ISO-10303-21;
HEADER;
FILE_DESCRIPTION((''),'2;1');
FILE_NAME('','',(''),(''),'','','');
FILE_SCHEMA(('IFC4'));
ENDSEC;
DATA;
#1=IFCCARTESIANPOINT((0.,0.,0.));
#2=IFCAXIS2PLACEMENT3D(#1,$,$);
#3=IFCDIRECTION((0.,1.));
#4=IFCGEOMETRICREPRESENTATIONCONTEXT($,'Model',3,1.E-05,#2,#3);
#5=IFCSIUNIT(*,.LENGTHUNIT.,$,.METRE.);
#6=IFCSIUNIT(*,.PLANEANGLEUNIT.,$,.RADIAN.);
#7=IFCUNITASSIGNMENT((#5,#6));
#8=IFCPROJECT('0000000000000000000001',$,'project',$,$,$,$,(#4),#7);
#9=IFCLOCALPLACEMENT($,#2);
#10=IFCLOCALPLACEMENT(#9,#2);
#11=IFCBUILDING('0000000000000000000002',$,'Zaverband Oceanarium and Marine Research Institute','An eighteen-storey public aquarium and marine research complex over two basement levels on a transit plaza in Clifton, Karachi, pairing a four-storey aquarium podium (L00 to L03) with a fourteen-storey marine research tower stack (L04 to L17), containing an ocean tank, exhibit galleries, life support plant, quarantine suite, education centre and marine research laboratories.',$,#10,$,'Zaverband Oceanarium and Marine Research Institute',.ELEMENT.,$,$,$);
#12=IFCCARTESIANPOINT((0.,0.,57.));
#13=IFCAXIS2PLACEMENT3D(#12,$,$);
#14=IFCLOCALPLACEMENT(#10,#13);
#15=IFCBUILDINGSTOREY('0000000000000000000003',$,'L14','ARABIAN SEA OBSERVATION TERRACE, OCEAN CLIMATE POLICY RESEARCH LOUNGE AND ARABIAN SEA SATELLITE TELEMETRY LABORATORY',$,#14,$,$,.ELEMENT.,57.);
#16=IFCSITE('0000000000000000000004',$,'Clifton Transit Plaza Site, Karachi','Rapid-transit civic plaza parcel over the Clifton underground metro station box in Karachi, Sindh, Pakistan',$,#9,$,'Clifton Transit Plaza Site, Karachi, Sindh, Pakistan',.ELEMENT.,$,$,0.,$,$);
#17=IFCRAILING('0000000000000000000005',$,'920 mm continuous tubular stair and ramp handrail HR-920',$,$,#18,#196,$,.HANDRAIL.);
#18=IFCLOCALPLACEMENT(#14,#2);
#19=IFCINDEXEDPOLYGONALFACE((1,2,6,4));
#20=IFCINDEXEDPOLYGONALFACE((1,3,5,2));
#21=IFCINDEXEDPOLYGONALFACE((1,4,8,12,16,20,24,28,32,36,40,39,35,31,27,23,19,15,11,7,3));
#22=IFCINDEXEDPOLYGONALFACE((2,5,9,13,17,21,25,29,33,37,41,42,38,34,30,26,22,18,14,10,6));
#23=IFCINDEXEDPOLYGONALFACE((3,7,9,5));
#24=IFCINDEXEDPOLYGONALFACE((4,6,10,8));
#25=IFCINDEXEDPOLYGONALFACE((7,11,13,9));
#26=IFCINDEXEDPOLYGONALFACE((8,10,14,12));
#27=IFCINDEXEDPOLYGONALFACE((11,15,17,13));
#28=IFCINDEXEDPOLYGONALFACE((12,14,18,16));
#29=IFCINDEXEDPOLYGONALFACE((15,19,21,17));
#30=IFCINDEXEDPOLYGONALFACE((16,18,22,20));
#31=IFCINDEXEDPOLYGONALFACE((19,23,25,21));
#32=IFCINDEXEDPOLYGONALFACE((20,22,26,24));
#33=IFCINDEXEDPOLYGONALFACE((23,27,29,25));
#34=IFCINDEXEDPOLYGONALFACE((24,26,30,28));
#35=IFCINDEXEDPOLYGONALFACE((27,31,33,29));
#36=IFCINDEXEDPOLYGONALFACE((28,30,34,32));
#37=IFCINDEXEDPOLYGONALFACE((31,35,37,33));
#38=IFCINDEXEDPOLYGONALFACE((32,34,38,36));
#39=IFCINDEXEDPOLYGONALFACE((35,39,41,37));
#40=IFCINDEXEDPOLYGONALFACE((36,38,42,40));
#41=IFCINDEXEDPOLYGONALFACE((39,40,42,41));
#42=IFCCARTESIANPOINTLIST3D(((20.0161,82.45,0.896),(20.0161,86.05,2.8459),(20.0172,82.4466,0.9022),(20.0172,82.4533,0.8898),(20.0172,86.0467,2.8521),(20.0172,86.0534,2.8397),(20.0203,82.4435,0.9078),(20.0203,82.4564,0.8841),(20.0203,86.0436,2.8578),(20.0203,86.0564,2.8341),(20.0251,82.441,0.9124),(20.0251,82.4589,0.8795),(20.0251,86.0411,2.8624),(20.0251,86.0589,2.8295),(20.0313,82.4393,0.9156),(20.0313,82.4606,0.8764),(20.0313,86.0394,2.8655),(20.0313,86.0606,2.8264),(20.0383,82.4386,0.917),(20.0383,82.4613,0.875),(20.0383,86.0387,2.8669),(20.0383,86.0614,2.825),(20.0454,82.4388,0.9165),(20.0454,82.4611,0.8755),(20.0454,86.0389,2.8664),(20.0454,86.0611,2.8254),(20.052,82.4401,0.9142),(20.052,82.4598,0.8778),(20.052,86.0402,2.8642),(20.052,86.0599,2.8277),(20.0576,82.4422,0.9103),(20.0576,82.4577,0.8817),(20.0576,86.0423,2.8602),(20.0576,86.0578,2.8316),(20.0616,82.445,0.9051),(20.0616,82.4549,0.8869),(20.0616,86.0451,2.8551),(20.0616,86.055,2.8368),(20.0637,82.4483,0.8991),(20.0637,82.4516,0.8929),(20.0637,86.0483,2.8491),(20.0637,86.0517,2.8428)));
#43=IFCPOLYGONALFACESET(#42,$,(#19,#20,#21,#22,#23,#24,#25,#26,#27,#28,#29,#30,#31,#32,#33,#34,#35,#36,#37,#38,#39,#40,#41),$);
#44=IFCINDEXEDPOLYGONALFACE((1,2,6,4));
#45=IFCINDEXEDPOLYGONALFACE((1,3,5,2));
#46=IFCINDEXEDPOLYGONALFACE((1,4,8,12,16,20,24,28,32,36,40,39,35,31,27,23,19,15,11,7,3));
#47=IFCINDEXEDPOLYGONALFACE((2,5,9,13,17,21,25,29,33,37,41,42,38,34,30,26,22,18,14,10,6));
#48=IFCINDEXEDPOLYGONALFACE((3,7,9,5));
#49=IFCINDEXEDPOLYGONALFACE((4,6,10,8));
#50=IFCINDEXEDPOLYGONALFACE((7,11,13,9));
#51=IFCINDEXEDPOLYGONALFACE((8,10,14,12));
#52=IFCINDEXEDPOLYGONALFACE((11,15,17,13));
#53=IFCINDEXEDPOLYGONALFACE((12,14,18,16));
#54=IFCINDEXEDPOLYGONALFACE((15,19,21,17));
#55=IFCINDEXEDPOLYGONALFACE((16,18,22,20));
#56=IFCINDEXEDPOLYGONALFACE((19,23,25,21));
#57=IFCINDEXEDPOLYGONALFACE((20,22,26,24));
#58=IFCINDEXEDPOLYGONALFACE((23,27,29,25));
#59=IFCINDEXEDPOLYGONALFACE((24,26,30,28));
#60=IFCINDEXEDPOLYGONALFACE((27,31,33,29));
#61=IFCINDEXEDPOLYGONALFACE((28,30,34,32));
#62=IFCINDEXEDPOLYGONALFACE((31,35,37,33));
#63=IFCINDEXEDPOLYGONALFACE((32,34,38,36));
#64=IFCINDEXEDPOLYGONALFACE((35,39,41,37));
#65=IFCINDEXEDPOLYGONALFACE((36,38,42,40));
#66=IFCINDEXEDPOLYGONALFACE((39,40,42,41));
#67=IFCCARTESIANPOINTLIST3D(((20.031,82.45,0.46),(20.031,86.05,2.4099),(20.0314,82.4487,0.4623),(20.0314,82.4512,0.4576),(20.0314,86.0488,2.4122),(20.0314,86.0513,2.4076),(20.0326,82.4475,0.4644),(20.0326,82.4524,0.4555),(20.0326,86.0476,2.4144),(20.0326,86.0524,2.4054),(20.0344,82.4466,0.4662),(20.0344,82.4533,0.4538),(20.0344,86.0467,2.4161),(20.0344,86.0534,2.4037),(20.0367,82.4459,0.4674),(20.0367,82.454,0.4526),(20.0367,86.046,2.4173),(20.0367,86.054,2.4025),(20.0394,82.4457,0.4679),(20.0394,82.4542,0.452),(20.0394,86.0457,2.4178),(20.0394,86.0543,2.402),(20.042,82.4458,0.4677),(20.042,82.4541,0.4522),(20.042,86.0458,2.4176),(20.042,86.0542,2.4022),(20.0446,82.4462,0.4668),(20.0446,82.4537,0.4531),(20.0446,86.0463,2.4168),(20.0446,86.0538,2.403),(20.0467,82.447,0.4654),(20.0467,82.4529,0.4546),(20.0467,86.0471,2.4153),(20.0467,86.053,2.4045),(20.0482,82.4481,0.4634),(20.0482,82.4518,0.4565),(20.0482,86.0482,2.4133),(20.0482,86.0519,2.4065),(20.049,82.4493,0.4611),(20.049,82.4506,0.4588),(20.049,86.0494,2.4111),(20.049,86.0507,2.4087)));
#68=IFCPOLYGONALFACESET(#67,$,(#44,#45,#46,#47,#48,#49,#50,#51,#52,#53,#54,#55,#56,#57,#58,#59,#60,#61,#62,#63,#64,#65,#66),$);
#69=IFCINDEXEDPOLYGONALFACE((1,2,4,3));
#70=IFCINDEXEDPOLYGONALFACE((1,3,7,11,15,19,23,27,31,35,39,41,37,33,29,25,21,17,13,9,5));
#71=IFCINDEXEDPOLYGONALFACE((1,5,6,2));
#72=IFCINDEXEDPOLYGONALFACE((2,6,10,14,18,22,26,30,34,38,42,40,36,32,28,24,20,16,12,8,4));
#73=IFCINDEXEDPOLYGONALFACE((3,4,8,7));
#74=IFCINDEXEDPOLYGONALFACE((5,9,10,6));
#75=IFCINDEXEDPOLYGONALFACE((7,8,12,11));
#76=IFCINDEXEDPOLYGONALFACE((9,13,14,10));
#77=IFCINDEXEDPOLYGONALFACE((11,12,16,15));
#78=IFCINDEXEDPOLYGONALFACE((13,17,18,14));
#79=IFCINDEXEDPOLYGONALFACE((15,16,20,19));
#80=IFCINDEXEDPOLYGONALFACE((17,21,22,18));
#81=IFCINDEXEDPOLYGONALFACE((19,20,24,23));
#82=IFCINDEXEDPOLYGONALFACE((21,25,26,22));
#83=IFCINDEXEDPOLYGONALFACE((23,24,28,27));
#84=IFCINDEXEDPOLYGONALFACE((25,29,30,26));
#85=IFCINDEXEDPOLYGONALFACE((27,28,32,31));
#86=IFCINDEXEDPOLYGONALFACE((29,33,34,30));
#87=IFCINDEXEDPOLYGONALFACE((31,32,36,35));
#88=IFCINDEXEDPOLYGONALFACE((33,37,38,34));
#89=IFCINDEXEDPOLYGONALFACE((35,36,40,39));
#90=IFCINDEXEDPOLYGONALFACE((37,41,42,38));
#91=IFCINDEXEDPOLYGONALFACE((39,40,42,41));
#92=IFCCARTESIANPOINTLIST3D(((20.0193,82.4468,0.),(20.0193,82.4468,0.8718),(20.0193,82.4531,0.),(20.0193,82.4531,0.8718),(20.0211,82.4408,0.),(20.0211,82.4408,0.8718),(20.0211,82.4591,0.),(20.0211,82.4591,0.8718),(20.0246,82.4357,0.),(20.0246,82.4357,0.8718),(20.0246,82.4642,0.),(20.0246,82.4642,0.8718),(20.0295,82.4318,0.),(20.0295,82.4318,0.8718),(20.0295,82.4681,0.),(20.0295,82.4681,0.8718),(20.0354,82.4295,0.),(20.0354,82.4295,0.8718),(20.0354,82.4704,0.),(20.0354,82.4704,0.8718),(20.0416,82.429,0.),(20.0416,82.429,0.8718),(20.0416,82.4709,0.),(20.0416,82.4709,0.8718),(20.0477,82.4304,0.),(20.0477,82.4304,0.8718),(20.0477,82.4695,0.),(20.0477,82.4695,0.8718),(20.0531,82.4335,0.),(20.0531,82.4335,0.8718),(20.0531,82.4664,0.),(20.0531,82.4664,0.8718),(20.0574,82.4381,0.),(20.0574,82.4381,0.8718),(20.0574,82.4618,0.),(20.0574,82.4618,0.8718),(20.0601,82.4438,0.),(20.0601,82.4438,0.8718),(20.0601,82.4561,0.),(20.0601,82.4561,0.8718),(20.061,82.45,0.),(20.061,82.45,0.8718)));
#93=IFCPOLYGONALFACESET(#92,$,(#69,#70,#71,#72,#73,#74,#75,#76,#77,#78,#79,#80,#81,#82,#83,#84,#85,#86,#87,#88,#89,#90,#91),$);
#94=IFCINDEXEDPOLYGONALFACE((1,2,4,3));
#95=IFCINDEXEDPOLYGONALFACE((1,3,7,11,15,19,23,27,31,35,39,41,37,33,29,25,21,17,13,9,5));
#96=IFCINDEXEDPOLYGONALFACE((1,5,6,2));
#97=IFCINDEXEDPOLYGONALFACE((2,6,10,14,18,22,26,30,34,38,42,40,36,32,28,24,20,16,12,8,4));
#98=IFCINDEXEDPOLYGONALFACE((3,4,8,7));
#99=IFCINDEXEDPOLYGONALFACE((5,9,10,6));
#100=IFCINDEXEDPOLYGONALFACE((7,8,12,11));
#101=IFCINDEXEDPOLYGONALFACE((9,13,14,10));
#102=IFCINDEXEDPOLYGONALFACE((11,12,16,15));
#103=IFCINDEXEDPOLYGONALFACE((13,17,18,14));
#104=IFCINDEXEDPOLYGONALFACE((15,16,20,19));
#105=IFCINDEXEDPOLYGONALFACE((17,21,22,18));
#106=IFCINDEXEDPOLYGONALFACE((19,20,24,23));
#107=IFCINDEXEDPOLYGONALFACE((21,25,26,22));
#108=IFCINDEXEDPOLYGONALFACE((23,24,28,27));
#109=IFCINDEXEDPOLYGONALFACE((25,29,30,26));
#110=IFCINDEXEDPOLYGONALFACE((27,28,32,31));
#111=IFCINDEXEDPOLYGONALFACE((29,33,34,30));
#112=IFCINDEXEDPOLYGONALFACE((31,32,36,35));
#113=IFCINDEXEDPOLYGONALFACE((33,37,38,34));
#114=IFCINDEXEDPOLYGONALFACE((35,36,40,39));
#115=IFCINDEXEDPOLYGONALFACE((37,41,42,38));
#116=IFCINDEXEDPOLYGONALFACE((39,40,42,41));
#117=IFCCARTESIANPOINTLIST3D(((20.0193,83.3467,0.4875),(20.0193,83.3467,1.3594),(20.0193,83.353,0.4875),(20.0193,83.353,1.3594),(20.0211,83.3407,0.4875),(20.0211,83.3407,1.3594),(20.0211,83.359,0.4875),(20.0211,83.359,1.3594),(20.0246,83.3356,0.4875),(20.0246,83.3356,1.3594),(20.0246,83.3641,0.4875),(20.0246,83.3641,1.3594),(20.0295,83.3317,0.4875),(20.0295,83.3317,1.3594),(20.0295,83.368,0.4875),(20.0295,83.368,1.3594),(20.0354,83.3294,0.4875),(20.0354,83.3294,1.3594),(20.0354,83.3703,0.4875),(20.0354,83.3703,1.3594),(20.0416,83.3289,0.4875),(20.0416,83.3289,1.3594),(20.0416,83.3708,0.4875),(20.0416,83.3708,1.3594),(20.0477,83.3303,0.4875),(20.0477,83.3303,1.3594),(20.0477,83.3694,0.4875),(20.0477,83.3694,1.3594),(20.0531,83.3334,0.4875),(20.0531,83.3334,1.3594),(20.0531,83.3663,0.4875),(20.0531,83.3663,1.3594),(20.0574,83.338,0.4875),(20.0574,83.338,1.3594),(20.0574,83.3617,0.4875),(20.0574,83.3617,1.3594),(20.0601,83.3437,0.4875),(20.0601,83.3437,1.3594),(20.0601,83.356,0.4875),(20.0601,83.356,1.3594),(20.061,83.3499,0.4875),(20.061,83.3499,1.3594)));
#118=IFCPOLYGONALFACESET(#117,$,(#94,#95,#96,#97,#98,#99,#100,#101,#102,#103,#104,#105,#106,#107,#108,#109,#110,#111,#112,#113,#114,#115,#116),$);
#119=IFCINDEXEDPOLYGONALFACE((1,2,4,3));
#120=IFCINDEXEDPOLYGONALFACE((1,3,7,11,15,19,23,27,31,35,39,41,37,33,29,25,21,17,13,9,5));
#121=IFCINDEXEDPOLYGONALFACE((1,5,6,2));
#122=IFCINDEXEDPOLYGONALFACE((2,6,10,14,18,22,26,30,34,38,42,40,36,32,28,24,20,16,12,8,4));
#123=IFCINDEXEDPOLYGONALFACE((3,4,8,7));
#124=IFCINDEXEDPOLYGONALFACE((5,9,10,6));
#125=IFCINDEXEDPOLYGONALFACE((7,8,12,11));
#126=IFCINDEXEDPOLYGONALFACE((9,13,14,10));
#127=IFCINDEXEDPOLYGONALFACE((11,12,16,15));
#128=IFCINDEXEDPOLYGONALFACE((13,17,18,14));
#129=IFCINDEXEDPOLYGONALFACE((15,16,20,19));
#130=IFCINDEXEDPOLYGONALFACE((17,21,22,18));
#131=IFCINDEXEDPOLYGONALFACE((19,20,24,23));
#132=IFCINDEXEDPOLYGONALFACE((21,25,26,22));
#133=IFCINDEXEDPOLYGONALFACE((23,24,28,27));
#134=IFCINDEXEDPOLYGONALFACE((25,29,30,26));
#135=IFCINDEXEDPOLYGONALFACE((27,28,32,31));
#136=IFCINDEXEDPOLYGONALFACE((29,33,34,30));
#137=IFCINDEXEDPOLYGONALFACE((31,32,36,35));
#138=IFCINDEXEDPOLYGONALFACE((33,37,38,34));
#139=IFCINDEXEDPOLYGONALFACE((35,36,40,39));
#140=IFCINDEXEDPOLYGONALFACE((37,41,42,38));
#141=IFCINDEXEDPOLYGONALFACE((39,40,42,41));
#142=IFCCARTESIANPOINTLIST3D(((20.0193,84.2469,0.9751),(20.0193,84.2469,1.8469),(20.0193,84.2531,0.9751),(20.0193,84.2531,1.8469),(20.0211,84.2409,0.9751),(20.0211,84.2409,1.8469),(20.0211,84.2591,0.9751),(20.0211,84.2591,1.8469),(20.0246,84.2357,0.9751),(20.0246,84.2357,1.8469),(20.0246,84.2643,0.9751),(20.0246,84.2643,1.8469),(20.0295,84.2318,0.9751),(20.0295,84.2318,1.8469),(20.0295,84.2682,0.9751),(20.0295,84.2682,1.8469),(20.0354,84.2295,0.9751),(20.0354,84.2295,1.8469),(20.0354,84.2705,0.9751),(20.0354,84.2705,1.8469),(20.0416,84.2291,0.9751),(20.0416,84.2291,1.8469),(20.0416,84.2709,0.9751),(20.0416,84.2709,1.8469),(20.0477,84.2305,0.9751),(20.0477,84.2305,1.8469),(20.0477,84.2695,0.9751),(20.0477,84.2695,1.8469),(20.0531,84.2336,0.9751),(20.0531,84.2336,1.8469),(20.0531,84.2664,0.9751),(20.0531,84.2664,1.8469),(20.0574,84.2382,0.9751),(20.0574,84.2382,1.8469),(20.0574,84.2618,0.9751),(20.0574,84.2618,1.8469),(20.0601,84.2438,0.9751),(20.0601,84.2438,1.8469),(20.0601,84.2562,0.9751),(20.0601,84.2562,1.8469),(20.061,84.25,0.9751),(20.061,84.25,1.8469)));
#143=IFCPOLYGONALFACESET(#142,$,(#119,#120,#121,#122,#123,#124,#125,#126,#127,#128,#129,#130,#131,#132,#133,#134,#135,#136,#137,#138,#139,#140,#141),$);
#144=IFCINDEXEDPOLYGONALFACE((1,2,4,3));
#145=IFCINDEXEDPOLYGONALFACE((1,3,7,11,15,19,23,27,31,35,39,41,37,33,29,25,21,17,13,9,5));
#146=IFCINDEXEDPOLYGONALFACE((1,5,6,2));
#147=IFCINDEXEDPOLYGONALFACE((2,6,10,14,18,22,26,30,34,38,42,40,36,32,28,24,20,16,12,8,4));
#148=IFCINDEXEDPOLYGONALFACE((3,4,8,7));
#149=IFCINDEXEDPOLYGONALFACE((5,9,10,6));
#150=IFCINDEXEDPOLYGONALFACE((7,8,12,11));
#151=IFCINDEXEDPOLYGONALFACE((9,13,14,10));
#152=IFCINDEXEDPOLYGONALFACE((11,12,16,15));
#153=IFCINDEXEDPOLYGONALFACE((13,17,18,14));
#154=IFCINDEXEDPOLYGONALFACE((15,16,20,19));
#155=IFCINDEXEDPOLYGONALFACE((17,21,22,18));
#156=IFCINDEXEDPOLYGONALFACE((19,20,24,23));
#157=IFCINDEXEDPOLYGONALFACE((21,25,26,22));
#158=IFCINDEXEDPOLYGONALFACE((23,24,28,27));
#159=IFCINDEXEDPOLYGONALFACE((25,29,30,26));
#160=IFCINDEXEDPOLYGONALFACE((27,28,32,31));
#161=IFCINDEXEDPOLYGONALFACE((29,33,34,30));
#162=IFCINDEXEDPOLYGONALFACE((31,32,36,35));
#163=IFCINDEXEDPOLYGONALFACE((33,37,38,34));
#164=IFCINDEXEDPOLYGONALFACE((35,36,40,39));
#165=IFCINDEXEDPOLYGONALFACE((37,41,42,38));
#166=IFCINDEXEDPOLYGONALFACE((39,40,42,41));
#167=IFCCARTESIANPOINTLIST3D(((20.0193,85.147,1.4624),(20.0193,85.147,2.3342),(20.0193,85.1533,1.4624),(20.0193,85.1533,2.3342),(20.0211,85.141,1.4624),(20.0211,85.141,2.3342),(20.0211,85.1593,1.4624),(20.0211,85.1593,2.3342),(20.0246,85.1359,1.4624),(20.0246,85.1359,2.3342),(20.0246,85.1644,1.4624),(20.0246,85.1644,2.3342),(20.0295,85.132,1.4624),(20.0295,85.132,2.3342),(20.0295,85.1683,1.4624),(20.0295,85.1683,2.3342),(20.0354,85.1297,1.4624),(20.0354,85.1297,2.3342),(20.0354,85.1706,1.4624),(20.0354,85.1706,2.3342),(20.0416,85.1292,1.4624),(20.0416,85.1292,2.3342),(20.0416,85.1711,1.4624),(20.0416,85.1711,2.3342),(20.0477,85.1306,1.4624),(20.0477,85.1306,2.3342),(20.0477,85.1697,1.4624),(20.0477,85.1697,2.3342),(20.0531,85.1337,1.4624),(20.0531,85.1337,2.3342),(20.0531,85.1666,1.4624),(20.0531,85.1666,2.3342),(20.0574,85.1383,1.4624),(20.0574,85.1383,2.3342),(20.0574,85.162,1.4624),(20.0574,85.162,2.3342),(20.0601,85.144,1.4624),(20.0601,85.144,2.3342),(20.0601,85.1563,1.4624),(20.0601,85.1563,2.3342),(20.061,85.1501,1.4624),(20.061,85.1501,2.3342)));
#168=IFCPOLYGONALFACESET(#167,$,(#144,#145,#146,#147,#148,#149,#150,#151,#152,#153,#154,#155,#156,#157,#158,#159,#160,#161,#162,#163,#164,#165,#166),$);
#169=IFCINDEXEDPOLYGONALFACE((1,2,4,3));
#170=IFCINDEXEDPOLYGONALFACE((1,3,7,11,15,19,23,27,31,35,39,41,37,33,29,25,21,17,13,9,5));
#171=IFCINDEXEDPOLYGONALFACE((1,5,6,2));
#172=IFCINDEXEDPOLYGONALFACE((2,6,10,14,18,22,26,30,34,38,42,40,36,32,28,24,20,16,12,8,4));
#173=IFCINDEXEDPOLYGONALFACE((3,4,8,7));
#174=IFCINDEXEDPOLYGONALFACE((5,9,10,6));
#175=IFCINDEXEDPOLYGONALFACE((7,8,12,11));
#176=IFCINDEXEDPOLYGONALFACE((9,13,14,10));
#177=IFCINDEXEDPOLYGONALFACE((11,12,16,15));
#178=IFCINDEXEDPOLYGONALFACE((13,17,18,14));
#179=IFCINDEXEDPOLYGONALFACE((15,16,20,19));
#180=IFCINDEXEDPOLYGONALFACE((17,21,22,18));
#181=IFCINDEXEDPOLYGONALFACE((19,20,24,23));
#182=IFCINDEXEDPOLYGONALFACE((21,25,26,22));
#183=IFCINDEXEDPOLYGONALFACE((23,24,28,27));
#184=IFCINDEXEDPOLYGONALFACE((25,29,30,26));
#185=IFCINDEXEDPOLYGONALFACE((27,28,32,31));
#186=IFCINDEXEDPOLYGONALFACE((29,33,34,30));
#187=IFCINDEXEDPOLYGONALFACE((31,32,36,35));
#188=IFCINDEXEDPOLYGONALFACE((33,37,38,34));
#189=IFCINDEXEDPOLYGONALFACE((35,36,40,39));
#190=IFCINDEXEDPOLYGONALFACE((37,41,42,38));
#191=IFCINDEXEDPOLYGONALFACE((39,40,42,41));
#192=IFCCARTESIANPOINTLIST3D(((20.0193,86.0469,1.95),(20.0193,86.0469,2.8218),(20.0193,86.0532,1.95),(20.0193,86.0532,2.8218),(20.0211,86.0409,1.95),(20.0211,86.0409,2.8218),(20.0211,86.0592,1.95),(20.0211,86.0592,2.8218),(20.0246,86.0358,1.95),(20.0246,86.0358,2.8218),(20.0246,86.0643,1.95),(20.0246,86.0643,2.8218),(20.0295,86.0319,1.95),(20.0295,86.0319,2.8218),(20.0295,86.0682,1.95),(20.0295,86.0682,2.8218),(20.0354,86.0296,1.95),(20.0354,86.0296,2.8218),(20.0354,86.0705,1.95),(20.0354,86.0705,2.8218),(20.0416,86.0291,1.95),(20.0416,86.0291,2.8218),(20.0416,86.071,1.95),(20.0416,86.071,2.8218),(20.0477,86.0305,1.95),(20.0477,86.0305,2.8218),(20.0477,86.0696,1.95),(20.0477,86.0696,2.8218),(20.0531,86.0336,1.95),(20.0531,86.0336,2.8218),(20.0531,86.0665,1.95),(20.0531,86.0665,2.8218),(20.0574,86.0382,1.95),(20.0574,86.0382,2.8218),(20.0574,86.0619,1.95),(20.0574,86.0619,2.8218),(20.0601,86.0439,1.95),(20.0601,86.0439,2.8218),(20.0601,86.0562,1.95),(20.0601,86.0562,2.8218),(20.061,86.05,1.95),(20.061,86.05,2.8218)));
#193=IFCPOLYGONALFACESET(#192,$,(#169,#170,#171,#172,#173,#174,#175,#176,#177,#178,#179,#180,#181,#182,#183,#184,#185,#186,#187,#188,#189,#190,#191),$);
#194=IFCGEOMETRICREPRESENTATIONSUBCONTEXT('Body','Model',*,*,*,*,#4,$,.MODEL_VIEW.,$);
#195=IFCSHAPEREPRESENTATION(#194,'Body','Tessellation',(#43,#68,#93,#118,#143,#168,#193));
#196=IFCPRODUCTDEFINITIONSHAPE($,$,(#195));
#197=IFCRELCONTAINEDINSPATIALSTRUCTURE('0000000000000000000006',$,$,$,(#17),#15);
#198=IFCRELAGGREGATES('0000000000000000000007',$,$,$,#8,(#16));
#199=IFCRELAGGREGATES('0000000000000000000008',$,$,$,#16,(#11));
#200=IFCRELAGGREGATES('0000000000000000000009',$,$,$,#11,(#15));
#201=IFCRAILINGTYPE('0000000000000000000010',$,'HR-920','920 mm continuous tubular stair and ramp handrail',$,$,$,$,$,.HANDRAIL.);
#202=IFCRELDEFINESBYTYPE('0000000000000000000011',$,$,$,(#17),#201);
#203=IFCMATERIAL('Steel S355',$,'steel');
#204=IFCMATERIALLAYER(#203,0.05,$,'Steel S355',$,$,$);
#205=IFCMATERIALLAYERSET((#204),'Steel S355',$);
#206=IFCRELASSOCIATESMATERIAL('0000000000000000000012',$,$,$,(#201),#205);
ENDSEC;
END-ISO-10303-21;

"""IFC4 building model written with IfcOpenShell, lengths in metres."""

from ifc_helpers import new_model, si_unit, direction, frame, origin, origin_2d, place, context, subcontext, project, spatial, circle, extrude, material, layer, layer_set, type_object, element, save


model = new_model("IFC4")

# Units and contexts
model_context = context("Model", 3, precision=1e-05, world=origin(), true_north=direction((0.0, 1.0)))
body_context = subcontext(model_context, "Body", "Model", "MODEL_VIEW")
ifc_project = project(units=[si_unit("LENGTHUNIT", "METRE"), si_unit("PLANEANGLEUNIT", "RADIAN")], contexts=[model_context])

# Site, building, storey
site_placement = place(None, origin())
site = spatial("IfcSite", under=ifc_project, at=site_placement, Name="Clifton Transit Plaza Site, Karachi", Description="Rapid-transit civic plaza parcel over the Clifton underground metro station box in Karachi, Sindh, Pakistan", LongName="Clifton Transit Plaza Site, Karachi, Sindh, Pakistan", CompositionType="ELEMENT", RefElevation=0.0)
building_placement = place(site_placement, origin())
building = spatial("IfcBuilding", under=site, at=building_placement, Name="Zaverband Oceanarium and Marine Research Institute", Description="An eighteen-storey public aquarium and marine research complex over two basement levels on a transit plaza in Clifton, Karachi, pairing a four-storey aquarium podium (L00 to L03) with a fourteen-storey marine research tower stack (L04 to L17), containing an ocean tank, exhibit galleries, life support plant, quarantine suite, education centre and marine research laboratories.", LongName="Zaverband Oceanarium and Marine Research Institute", CompositionType="ELEMENT")
storey_placement = place(building_placement, frame((0.0, 0.0, 57.0)))
storey = spatial("IfcBuildingStorey", under=building, at=storey_placement, Name="L14", Description="ARABIAN SEA OBSERVATION TERRACE, OCEAN CLIMATE POLICY RESEARCH LOUNGE AND ARABIAN SEA SATELLITE TELEMETRY LABORATORY", CompositionType="ELEMENT", Elevation=57.0)

# Shared definitions
ifc_material_1 = material(Name="Steel S355", Category="steel")

# Railing
ifc_layer_1 = layer(ifc_material_1, 0.05, Name="Steel S355")
ifc_layer_set_1 = layer_set([ifc_layer_1], Name="Steel S355")
railing_type_1 = type_object("IfcRailingType", Name="HR-920", Description="920 mm continuous tubular stair and ramp handrail", PredefinedType="HANDRAIL", material=ifc_layer_set_1)
railing_1_placement = place(storey_placement, frame((20.04, 82.45, 0.0)))
element("IfcRailing", 1, at=railing_1_placement, inside=storey, type_object=railing_type_1, Name="920 mm continuous tubular stair and ramp handrail HR-920", PredefinedType="HANDRAIL", context=body_context, shape_type="SweptSolid", body=[
    extrude(circle(Radius=0.0239, at=origin_2d()), frame((0.0, 0.0, 0.896), z_axis=(0.0, 0.879302, 0.476264), x_axis=(-1.0, 0.0, 0.0)), (0.0, 0.0, 1.0), 4.0942),
    extrude(circle(Radius=0.009, at=origin_2d()), frame((0.0, 0.0, 0.46), z_axis=(0.0, 0.879302, 0.476264), x_axis=(-1.0, 0.0, 0.0)), (0.0, 0.0, 1.0), 4.0942),
    extrude(circle(Radius=0.021, at=origin_2d()), origin(), (0.0, 0.0, 1.0), 0.8718),
    extrude(circle(Radius=0.021, at=origin_2d()), frame((0.0, 0.8999, 0.4875)), (0.0, 0.0, 1.0), 0.8718),
    extrude(circle(Radius=0.021, at=origin_2d()), frame((0.0, 1.8, 0.9751)), (0.0, 0.0, 1.0), 0.8718),
    extrude(circle(Radius=0.021, at=origin_2d()), frame((0.0, 2.7002, 1.4624)), (0.0, 0.0, 1.0), 0.8718),
    extrude(circle(Radius=0.021, at=origin_2d()), frame((0.0, 3.6001, 1.95)), (0.0, 0.0, 1.0), 0.8718),
])

save(model, "model.ifc")
